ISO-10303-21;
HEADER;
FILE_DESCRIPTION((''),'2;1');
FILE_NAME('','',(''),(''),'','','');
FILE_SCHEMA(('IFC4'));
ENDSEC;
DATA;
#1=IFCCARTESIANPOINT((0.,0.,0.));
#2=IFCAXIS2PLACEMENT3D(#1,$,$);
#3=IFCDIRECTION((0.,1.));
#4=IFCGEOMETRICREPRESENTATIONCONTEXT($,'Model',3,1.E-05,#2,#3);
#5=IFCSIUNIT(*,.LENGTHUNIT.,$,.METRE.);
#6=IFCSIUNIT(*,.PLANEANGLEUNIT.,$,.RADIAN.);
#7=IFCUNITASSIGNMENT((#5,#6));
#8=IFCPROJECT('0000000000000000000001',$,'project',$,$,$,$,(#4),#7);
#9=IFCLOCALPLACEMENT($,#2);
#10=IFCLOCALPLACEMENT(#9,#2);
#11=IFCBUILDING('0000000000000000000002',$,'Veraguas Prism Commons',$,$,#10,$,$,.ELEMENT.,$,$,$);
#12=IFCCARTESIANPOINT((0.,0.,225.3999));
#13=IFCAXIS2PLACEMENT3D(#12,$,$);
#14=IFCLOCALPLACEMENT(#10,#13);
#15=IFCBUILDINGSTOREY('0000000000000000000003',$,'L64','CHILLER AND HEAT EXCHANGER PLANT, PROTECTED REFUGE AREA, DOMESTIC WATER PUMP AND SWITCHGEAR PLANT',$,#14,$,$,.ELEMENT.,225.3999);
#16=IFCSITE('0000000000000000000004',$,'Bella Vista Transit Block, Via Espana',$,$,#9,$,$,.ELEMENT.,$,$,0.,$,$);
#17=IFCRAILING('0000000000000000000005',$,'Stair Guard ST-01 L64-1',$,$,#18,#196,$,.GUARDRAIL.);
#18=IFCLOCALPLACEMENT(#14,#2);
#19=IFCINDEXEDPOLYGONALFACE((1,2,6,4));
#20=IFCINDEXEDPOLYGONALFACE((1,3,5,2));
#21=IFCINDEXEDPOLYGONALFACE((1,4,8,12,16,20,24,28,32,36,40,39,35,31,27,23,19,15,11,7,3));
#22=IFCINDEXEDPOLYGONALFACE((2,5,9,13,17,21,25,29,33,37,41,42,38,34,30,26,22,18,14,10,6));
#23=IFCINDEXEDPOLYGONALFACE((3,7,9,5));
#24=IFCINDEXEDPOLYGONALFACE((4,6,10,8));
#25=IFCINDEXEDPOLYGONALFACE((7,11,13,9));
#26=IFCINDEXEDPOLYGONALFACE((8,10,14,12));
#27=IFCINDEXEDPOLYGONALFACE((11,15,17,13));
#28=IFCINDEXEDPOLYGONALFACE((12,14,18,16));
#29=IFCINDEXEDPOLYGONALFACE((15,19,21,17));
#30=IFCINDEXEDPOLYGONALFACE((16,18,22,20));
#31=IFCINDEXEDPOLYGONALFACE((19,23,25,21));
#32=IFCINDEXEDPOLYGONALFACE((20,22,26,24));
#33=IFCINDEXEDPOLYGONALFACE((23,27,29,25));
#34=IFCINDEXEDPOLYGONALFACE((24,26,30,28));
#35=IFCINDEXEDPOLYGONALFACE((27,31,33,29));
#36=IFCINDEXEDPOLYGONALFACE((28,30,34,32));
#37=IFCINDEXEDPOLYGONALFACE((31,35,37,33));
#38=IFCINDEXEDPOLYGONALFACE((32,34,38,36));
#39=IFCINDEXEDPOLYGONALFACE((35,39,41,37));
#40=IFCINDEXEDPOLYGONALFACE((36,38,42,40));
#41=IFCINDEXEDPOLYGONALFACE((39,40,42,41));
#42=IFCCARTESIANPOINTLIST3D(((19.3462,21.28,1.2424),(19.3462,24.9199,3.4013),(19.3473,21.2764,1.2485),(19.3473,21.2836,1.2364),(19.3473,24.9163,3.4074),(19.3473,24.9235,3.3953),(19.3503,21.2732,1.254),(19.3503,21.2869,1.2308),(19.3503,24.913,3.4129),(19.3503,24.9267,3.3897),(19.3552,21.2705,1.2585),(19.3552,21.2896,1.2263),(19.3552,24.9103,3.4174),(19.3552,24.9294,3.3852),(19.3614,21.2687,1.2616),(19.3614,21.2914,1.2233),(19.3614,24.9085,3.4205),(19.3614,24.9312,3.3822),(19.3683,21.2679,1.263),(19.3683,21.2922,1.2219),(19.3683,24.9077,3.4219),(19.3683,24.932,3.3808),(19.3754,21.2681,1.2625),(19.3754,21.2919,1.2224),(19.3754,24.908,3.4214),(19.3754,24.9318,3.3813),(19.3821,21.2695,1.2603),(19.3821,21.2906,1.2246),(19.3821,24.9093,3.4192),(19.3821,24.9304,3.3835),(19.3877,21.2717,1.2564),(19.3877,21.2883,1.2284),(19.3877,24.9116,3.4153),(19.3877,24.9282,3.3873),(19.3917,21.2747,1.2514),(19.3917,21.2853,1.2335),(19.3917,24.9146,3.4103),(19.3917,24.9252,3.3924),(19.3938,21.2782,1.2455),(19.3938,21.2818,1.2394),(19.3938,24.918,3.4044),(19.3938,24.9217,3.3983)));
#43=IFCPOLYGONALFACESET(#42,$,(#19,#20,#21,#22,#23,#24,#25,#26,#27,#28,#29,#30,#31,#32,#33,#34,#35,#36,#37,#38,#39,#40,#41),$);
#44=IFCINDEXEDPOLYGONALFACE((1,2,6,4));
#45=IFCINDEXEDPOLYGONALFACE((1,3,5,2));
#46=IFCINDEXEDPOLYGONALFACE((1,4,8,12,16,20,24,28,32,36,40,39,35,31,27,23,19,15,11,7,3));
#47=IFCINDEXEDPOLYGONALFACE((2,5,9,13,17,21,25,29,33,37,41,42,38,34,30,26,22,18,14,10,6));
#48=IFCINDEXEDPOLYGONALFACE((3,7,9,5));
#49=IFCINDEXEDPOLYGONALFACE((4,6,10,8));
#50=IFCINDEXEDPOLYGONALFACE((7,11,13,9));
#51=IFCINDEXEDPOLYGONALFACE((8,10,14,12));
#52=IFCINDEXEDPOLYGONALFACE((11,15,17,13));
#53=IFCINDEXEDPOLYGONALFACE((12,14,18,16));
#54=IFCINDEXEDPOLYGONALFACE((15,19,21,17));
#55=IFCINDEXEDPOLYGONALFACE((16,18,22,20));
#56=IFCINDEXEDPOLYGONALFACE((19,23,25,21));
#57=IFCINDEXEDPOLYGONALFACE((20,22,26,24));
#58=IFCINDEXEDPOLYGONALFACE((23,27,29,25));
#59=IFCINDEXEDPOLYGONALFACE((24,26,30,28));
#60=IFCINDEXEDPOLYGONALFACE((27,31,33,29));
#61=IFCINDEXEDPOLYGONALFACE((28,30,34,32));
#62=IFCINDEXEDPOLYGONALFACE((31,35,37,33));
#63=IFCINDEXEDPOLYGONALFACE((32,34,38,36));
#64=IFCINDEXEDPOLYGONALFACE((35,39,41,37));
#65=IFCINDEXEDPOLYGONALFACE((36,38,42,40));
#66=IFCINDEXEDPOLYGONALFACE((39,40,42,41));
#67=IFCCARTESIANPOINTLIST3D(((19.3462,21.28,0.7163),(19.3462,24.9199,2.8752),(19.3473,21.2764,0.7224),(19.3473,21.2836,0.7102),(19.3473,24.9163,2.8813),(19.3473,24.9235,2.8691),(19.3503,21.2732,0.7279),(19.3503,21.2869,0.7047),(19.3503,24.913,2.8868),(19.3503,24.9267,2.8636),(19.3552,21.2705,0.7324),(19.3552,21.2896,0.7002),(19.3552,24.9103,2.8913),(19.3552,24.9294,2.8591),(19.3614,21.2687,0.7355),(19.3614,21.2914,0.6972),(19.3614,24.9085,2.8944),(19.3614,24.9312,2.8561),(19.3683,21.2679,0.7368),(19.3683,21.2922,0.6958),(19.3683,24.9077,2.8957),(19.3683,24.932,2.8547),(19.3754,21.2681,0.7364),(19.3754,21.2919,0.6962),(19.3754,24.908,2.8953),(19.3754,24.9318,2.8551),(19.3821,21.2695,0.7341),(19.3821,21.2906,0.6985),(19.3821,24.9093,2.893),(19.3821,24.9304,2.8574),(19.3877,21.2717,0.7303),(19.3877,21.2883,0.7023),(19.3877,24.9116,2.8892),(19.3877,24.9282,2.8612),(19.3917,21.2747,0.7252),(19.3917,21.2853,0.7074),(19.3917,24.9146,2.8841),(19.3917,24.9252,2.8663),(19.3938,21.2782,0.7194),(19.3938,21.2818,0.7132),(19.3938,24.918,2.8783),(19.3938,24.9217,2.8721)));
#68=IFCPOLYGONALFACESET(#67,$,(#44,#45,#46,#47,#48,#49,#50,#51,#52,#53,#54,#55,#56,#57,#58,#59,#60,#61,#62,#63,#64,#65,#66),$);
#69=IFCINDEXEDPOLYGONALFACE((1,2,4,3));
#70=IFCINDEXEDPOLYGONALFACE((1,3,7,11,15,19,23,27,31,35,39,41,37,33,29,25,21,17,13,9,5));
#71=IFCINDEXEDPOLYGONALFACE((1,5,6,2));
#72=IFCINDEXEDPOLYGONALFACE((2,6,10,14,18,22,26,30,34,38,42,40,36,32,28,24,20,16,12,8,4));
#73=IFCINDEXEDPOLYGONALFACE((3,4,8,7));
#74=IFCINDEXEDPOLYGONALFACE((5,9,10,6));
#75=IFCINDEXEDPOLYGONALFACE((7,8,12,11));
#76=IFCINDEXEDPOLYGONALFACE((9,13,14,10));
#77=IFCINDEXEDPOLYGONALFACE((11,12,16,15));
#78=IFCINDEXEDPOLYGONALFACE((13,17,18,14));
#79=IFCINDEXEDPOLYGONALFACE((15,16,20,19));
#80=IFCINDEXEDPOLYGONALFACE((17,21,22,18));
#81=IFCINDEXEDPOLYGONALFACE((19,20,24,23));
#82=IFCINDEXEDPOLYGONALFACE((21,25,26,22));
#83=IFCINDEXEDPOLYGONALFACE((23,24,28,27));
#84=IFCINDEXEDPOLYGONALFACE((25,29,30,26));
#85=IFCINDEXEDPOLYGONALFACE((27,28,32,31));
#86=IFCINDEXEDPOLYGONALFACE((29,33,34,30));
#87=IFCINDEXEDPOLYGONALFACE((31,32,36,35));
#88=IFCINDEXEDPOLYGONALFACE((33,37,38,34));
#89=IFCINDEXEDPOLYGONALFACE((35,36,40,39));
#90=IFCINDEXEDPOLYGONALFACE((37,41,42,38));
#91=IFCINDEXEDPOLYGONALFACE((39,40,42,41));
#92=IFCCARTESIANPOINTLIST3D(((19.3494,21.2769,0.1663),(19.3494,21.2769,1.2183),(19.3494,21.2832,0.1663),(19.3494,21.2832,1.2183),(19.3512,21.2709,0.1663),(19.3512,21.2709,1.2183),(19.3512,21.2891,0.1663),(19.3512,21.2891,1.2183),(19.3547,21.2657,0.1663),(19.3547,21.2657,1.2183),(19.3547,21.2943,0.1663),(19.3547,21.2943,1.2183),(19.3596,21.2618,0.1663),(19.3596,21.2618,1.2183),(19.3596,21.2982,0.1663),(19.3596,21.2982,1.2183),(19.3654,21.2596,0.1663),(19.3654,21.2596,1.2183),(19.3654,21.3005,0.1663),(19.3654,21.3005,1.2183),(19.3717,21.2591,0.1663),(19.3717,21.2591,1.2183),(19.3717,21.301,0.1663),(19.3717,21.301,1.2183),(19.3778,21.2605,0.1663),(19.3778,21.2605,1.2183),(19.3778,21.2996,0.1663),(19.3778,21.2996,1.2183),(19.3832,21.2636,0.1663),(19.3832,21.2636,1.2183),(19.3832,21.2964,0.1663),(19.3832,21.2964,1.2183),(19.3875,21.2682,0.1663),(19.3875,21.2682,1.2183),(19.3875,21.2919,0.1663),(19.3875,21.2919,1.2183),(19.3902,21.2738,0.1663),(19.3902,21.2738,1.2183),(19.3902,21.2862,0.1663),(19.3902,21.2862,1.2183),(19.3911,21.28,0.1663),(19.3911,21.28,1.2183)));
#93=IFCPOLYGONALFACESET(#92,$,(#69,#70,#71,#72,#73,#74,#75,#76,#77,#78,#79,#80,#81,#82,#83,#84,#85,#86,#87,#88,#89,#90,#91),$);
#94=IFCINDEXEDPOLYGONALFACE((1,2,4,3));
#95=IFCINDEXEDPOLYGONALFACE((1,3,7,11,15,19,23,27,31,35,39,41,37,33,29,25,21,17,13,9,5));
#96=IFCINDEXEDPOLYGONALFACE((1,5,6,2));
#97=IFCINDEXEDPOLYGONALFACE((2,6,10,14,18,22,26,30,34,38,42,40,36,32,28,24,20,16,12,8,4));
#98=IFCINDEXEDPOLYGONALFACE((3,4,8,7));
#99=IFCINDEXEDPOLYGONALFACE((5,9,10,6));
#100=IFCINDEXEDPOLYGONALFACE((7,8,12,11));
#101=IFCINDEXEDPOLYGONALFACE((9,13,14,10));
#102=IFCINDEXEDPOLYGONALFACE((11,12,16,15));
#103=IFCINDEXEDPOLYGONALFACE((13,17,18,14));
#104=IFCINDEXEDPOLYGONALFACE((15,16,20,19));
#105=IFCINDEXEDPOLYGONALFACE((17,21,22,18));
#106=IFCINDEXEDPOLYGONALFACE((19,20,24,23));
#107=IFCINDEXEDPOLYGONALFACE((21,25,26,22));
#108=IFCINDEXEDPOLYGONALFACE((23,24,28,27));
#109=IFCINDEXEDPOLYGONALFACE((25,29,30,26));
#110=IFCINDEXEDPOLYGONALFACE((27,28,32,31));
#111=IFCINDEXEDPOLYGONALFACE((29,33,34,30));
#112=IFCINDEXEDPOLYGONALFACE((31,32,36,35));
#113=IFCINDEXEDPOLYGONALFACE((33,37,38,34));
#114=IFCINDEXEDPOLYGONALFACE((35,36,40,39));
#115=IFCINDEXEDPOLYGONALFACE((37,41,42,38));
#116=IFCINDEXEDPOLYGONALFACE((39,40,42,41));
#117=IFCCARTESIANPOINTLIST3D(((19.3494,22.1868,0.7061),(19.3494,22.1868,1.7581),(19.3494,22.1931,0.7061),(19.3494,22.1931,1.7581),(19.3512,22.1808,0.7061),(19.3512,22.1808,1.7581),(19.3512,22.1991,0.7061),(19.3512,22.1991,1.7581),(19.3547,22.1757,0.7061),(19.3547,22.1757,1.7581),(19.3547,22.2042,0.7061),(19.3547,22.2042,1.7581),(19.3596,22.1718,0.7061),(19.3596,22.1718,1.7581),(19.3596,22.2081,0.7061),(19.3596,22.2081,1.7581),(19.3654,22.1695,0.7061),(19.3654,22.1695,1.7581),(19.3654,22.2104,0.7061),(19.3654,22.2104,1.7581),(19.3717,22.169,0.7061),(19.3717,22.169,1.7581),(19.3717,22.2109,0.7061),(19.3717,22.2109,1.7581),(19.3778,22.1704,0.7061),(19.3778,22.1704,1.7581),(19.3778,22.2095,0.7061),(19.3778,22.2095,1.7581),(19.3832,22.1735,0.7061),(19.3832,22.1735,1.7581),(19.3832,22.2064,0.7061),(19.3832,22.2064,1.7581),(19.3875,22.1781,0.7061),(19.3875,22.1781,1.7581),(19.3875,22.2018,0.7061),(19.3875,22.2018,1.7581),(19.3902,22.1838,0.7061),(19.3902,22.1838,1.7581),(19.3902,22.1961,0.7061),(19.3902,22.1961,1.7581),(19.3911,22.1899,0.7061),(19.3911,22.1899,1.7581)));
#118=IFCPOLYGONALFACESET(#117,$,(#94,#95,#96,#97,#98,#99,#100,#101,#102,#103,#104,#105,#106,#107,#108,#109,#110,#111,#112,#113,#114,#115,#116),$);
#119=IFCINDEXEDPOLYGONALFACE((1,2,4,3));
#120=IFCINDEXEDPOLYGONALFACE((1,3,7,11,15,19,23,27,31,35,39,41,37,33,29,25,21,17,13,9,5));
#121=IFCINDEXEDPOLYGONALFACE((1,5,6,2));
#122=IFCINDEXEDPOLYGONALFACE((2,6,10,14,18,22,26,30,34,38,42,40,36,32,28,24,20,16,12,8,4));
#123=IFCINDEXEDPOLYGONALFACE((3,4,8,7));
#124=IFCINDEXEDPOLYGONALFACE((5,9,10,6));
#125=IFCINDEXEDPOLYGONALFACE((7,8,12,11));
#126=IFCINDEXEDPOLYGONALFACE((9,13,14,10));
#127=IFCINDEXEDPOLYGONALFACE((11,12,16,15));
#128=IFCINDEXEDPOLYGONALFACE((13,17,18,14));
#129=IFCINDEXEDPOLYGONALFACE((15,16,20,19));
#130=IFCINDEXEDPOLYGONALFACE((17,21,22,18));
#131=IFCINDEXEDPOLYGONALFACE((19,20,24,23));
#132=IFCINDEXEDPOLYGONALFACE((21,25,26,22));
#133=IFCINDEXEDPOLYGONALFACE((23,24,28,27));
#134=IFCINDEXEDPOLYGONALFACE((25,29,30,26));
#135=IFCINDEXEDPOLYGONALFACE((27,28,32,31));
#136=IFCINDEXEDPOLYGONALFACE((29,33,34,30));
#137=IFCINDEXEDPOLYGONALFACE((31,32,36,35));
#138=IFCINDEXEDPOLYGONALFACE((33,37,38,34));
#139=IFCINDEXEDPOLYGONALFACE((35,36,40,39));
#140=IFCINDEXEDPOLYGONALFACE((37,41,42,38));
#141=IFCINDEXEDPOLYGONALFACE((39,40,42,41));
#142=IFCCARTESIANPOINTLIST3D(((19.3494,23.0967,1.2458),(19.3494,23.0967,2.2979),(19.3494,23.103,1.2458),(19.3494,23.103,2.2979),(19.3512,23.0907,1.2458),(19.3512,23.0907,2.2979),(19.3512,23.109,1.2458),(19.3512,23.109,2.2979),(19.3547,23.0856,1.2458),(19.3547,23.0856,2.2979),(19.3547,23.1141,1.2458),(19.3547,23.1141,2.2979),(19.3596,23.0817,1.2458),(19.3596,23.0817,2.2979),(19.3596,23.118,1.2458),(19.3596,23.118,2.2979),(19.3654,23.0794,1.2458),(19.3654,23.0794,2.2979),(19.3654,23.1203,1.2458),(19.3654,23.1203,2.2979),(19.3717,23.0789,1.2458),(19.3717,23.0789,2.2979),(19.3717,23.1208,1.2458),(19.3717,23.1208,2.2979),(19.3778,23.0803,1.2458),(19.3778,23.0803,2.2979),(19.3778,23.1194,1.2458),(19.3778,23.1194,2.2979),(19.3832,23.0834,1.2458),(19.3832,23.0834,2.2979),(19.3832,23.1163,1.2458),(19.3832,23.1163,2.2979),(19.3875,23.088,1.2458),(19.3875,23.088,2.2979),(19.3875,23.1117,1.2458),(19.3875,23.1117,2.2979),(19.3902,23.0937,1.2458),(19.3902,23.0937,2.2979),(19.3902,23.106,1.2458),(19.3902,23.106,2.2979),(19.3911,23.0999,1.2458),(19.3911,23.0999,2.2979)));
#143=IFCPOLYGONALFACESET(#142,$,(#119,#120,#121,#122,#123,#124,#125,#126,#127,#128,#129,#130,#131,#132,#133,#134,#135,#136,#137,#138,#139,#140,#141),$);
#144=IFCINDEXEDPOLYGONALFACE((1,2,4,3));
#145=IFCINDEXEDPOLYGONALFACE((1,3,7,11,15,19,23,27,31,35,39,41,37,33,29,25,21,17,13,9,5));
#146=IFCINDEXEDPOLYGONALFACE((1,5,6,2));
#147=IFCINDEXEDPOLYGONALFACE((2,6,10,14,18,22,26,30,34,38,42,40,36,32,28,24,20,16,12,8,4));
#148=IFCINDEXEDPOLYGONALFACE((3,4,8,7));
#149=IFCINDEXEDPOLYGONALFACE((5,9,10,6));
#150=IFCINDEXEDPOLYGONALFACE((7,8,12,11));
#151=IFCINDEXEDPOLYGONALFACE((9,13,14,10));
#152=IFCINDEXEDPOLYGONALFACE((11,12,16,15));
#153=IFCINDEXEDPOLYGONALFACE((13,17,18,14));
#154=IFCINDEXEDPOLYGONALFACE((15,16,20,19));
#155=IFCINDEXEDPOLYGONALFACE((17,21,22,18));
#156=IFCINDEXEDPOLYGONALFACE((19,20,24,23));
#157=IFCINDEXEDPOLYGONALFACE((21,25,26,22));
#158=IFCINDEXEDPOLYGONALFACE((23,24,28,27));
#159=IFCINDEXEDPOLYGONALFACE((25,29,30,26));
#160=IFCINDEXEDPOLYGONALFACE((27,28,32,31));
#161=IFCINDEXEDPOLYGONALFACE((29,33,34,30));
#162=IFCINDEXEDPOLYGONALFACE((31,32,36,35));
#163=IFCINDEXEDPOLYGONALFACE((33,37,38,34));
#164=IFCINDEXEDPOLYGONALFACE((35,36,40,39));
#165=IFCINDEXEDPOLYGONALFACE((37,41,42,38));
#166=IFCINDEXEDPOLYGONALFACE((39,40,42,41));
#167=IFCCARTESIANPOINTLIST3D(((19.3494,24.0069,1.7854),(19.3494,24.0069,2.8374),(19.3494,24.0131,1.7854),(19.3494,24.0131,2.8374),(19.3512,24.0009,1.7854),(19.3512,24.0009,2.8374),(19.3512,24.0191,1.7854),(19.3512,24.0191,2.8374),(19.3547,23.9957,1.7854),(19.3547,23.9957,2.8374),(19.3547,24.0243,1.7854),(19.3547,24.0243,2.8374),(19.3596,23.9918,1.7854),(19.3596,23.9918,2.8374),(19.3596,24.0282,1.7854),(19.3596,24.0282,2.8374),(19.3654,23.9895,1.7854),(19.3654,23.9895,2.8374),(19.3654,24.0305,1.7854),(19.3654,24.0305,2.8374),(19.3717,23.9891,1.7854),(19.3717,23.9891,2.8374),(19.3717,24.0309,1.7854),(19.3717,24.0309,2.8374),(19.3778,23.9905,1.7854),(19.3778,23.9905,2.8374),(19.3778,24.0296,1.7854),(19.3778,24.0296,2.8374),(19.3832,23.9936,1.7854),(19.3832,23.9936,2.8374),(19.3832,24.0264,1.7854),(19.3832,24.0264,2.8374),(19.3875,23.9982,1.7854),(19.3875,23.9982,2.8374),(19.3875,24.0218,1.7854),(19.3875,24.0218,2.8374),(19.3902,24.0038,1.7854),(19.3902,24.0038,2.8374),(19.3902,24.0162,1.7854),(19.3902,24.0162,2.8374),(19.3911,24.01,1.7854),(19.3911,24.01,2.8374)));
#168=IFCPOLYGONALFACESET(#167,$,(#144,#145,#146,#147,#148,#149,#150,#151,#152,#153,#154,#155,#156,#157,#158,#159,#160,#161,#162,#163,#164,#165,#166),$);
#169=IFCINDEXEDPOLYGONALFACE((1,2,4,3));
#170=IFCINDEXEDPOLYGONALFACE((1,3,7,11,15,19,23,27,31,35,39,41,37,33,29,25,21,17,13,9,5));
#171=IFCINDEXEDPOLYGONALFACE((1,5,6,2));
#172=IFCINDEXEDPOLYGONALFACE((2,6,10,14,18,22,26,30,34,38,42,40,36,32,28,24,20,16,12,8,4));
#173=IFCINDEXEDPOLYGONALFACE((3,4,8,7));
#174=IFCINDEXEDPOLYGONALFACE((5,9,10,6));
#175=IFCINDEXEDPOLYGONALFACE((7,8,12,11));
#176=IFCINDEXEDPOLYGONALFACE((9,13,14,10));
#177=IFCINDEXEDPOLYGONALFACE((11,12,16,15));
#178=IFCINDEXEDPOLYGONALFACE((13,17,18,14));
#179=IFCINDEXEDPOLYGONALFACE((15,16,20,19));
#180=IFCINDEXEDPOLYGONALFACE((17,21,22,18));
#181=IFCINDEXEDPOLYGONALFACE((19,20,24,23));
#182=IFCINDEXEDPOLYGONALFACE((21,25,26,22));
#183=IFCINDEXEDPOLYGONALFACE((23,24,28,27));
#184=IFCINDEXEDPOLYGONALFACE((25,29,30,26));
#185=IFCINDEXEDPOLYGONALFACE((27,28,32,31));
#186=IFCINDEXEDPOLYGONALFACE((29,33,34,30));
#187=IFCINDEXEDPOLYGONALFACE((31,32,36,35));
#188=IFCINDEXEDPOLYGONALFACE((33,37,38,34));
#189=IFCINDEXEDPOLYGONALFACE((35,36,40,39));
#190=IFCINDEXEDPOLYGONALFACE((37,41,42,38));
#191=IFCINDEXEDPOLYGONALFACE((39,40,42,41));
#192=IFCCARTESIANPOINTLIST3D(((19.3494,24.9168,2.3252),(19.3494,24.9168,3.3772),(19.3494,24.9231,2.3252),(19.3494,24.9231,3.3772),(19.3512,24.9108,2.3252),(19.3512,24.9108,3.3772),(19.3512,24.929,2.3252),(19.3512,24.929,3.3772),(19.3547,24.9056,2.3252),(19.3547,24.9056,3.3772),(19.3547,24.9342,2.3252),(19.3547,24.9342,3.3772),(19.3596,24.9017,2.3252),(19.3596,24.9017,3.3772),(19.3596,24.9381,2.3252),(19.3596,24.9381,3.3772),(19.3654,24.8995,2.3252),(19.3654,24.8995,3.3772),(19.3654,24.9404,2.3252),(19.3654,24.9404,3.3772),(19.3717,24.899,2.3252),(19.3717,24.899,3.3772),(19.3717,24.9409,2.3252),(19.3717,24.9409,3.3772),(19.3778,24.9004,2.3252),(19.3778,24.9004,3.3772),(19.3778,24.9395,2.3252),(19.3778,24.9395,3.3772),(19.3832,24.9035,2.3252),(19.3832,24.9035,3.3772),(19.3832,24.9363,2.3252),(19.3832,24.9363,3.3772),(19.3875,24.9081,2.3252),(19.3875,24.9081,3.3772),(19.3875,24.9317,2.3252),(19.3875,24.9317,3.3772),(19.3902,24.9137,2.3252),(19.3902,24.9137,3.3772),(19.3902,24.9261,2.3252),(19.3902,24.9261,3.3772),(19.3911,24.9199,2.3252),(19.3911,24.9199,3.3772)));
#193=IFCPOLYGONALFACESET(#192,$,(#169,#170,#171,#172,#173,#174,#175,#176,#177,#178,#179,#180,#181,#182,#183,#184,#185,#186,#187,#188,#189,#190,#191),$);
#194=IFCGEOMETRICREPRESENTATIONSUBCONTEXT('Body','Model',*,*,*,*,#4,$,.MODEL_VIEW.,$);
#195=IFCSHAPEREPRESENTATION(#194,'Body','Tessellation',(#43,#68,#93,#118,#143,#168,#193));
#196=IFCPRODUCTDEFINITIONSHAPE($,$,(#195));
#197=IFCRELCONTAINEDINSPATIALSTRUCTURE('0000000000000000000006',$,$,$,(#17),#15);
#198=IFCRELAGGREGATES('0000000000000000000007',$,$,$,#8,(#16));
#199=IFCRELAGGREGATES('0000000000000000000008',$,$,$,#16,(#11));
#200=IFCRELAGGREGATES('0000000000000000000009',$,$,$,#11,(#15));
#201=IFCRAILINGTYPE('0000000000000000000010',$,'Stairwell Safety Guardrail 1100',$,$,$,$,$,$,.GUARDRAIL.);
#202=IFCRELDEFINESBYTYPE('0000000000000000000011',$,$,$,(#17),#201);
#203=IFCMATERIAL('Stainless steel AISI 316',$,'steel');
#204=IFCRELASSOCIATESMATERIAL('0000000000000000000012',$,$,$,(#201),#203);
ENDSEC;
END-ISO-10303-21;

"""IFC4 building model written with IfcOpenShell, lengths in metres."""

from ifc_helpers import new_model, si_unit, direction, frame, origin, origin_2d, place, context, subcontext, project, spatial, circle, extrude, material, type_object, element, save


model = new_model("IFC4")

# Units and contexts
model_context = context("Model", 3, precision=1e-05, world=origin(), true_north=direction((0.0, 1.0)))
body_context = subcontext(model_context, "Body", "Model", "MODEL_VIEW")
ifc_project = project(units=[si_unit("LENGTHUNIT", "METRE"), si_unit("PLANEANGLEUNIT", "RADIAN")], contexts=[model_context])

# Site, building, storey
site_placement = place(None, origin())
site = spatial("IfcSite", under=ifc_project, at=site_placement, Name="Bella Vista Transit Block, Via Espana", CompositionType="ELEMENT", RefElevation=0.0)
building_placement = place(site_placement, origin())
building = spatial("IfcBuilding", under=site, at=building_placement, Name="Veraguas Prism Commons", CompositionType="ELEMENT")
storey_placement = place(building_placement, frame((0.0, 0.0, 225.3999)))
storey = spatial("IfcBuildingStorey", under=building, at=storey_placement, Name="L64", Description="CHILLER AND HEAT EXCHANGER PLANT, PROTECTED REFUGE AREA, DOMESTIC WATER PUMP AND SWITCHGEAR PLANT", CompositionType="ELEMENT", Elevation=225.3999)

# Shared definitions
ifc_material_1 = material(Name="Stainless steel AISI 316", Category="steel")

# Railing
railing_type_1 = type_object("IfcRailingType", Name="Stairwell Safety Guardrail 1100", PredefinedType="GUARDRAIL", material=ifc_material_1)
railing_1_placement = place(storey_placement, frame((19.3701, 21.28, 0.1663)))
element("IfcRailing", 1, at=railing_1_placement, inside=storey, type_object=railing_type_1, Name="Stair Guard ST-01 L64-1", PredefinedType="GUARDRAIL", context=body_context, shape_type="SweptSolid", body=[
    extrude(circle(Radius=0.0239, at=origin_2d()), frame((0.0, 0.0, 1.0762), z_axis=(0.0, 0.860088, 0.510145), x_axis=(-1.0, 0.0, 0.0)), (0.0, 0.0, 1.0), 4.2319),
    extrude(circle(Radius=0.0239, at=origin_2d()), frame((0.0, 0.0, 0.55), z_axis=(0.0, 0.860088, 0.510145), x_axis=(-1.0, 0.0, 0.0)), (0.0, 0.0, 1.0), 4.2319),
    extrude(circle(Radius=0.021, at=origin_2d()), origin(), (0.0, 0.0, 1.0), 1.052),
    extrude(circle(Radius=0.021, at=origin_2d()), frame((0.0, 0.9099, 0.5398)), (0.0, 0.0, 1.0), 1.052),
    extrude(circle(Radius=0.021, at=origin_2d()), frame((0.0, 1.8198, 1.0796)), (0.0, 0.0, 1.0), 1.052),
    extrude(circle(Radius=0.021, at=origin_2d()), frame((0.0, 2.73, 1.6191)), (0.0, 0.0, 1.0), 1.052),
    extrude(circle(Radius=0.021, at=origin_2d()), frame((0.0, 3.6399, 2.1589)), (0.0, 0.0, 1.0), 1.052),
])

save(model, "model.ifc")
